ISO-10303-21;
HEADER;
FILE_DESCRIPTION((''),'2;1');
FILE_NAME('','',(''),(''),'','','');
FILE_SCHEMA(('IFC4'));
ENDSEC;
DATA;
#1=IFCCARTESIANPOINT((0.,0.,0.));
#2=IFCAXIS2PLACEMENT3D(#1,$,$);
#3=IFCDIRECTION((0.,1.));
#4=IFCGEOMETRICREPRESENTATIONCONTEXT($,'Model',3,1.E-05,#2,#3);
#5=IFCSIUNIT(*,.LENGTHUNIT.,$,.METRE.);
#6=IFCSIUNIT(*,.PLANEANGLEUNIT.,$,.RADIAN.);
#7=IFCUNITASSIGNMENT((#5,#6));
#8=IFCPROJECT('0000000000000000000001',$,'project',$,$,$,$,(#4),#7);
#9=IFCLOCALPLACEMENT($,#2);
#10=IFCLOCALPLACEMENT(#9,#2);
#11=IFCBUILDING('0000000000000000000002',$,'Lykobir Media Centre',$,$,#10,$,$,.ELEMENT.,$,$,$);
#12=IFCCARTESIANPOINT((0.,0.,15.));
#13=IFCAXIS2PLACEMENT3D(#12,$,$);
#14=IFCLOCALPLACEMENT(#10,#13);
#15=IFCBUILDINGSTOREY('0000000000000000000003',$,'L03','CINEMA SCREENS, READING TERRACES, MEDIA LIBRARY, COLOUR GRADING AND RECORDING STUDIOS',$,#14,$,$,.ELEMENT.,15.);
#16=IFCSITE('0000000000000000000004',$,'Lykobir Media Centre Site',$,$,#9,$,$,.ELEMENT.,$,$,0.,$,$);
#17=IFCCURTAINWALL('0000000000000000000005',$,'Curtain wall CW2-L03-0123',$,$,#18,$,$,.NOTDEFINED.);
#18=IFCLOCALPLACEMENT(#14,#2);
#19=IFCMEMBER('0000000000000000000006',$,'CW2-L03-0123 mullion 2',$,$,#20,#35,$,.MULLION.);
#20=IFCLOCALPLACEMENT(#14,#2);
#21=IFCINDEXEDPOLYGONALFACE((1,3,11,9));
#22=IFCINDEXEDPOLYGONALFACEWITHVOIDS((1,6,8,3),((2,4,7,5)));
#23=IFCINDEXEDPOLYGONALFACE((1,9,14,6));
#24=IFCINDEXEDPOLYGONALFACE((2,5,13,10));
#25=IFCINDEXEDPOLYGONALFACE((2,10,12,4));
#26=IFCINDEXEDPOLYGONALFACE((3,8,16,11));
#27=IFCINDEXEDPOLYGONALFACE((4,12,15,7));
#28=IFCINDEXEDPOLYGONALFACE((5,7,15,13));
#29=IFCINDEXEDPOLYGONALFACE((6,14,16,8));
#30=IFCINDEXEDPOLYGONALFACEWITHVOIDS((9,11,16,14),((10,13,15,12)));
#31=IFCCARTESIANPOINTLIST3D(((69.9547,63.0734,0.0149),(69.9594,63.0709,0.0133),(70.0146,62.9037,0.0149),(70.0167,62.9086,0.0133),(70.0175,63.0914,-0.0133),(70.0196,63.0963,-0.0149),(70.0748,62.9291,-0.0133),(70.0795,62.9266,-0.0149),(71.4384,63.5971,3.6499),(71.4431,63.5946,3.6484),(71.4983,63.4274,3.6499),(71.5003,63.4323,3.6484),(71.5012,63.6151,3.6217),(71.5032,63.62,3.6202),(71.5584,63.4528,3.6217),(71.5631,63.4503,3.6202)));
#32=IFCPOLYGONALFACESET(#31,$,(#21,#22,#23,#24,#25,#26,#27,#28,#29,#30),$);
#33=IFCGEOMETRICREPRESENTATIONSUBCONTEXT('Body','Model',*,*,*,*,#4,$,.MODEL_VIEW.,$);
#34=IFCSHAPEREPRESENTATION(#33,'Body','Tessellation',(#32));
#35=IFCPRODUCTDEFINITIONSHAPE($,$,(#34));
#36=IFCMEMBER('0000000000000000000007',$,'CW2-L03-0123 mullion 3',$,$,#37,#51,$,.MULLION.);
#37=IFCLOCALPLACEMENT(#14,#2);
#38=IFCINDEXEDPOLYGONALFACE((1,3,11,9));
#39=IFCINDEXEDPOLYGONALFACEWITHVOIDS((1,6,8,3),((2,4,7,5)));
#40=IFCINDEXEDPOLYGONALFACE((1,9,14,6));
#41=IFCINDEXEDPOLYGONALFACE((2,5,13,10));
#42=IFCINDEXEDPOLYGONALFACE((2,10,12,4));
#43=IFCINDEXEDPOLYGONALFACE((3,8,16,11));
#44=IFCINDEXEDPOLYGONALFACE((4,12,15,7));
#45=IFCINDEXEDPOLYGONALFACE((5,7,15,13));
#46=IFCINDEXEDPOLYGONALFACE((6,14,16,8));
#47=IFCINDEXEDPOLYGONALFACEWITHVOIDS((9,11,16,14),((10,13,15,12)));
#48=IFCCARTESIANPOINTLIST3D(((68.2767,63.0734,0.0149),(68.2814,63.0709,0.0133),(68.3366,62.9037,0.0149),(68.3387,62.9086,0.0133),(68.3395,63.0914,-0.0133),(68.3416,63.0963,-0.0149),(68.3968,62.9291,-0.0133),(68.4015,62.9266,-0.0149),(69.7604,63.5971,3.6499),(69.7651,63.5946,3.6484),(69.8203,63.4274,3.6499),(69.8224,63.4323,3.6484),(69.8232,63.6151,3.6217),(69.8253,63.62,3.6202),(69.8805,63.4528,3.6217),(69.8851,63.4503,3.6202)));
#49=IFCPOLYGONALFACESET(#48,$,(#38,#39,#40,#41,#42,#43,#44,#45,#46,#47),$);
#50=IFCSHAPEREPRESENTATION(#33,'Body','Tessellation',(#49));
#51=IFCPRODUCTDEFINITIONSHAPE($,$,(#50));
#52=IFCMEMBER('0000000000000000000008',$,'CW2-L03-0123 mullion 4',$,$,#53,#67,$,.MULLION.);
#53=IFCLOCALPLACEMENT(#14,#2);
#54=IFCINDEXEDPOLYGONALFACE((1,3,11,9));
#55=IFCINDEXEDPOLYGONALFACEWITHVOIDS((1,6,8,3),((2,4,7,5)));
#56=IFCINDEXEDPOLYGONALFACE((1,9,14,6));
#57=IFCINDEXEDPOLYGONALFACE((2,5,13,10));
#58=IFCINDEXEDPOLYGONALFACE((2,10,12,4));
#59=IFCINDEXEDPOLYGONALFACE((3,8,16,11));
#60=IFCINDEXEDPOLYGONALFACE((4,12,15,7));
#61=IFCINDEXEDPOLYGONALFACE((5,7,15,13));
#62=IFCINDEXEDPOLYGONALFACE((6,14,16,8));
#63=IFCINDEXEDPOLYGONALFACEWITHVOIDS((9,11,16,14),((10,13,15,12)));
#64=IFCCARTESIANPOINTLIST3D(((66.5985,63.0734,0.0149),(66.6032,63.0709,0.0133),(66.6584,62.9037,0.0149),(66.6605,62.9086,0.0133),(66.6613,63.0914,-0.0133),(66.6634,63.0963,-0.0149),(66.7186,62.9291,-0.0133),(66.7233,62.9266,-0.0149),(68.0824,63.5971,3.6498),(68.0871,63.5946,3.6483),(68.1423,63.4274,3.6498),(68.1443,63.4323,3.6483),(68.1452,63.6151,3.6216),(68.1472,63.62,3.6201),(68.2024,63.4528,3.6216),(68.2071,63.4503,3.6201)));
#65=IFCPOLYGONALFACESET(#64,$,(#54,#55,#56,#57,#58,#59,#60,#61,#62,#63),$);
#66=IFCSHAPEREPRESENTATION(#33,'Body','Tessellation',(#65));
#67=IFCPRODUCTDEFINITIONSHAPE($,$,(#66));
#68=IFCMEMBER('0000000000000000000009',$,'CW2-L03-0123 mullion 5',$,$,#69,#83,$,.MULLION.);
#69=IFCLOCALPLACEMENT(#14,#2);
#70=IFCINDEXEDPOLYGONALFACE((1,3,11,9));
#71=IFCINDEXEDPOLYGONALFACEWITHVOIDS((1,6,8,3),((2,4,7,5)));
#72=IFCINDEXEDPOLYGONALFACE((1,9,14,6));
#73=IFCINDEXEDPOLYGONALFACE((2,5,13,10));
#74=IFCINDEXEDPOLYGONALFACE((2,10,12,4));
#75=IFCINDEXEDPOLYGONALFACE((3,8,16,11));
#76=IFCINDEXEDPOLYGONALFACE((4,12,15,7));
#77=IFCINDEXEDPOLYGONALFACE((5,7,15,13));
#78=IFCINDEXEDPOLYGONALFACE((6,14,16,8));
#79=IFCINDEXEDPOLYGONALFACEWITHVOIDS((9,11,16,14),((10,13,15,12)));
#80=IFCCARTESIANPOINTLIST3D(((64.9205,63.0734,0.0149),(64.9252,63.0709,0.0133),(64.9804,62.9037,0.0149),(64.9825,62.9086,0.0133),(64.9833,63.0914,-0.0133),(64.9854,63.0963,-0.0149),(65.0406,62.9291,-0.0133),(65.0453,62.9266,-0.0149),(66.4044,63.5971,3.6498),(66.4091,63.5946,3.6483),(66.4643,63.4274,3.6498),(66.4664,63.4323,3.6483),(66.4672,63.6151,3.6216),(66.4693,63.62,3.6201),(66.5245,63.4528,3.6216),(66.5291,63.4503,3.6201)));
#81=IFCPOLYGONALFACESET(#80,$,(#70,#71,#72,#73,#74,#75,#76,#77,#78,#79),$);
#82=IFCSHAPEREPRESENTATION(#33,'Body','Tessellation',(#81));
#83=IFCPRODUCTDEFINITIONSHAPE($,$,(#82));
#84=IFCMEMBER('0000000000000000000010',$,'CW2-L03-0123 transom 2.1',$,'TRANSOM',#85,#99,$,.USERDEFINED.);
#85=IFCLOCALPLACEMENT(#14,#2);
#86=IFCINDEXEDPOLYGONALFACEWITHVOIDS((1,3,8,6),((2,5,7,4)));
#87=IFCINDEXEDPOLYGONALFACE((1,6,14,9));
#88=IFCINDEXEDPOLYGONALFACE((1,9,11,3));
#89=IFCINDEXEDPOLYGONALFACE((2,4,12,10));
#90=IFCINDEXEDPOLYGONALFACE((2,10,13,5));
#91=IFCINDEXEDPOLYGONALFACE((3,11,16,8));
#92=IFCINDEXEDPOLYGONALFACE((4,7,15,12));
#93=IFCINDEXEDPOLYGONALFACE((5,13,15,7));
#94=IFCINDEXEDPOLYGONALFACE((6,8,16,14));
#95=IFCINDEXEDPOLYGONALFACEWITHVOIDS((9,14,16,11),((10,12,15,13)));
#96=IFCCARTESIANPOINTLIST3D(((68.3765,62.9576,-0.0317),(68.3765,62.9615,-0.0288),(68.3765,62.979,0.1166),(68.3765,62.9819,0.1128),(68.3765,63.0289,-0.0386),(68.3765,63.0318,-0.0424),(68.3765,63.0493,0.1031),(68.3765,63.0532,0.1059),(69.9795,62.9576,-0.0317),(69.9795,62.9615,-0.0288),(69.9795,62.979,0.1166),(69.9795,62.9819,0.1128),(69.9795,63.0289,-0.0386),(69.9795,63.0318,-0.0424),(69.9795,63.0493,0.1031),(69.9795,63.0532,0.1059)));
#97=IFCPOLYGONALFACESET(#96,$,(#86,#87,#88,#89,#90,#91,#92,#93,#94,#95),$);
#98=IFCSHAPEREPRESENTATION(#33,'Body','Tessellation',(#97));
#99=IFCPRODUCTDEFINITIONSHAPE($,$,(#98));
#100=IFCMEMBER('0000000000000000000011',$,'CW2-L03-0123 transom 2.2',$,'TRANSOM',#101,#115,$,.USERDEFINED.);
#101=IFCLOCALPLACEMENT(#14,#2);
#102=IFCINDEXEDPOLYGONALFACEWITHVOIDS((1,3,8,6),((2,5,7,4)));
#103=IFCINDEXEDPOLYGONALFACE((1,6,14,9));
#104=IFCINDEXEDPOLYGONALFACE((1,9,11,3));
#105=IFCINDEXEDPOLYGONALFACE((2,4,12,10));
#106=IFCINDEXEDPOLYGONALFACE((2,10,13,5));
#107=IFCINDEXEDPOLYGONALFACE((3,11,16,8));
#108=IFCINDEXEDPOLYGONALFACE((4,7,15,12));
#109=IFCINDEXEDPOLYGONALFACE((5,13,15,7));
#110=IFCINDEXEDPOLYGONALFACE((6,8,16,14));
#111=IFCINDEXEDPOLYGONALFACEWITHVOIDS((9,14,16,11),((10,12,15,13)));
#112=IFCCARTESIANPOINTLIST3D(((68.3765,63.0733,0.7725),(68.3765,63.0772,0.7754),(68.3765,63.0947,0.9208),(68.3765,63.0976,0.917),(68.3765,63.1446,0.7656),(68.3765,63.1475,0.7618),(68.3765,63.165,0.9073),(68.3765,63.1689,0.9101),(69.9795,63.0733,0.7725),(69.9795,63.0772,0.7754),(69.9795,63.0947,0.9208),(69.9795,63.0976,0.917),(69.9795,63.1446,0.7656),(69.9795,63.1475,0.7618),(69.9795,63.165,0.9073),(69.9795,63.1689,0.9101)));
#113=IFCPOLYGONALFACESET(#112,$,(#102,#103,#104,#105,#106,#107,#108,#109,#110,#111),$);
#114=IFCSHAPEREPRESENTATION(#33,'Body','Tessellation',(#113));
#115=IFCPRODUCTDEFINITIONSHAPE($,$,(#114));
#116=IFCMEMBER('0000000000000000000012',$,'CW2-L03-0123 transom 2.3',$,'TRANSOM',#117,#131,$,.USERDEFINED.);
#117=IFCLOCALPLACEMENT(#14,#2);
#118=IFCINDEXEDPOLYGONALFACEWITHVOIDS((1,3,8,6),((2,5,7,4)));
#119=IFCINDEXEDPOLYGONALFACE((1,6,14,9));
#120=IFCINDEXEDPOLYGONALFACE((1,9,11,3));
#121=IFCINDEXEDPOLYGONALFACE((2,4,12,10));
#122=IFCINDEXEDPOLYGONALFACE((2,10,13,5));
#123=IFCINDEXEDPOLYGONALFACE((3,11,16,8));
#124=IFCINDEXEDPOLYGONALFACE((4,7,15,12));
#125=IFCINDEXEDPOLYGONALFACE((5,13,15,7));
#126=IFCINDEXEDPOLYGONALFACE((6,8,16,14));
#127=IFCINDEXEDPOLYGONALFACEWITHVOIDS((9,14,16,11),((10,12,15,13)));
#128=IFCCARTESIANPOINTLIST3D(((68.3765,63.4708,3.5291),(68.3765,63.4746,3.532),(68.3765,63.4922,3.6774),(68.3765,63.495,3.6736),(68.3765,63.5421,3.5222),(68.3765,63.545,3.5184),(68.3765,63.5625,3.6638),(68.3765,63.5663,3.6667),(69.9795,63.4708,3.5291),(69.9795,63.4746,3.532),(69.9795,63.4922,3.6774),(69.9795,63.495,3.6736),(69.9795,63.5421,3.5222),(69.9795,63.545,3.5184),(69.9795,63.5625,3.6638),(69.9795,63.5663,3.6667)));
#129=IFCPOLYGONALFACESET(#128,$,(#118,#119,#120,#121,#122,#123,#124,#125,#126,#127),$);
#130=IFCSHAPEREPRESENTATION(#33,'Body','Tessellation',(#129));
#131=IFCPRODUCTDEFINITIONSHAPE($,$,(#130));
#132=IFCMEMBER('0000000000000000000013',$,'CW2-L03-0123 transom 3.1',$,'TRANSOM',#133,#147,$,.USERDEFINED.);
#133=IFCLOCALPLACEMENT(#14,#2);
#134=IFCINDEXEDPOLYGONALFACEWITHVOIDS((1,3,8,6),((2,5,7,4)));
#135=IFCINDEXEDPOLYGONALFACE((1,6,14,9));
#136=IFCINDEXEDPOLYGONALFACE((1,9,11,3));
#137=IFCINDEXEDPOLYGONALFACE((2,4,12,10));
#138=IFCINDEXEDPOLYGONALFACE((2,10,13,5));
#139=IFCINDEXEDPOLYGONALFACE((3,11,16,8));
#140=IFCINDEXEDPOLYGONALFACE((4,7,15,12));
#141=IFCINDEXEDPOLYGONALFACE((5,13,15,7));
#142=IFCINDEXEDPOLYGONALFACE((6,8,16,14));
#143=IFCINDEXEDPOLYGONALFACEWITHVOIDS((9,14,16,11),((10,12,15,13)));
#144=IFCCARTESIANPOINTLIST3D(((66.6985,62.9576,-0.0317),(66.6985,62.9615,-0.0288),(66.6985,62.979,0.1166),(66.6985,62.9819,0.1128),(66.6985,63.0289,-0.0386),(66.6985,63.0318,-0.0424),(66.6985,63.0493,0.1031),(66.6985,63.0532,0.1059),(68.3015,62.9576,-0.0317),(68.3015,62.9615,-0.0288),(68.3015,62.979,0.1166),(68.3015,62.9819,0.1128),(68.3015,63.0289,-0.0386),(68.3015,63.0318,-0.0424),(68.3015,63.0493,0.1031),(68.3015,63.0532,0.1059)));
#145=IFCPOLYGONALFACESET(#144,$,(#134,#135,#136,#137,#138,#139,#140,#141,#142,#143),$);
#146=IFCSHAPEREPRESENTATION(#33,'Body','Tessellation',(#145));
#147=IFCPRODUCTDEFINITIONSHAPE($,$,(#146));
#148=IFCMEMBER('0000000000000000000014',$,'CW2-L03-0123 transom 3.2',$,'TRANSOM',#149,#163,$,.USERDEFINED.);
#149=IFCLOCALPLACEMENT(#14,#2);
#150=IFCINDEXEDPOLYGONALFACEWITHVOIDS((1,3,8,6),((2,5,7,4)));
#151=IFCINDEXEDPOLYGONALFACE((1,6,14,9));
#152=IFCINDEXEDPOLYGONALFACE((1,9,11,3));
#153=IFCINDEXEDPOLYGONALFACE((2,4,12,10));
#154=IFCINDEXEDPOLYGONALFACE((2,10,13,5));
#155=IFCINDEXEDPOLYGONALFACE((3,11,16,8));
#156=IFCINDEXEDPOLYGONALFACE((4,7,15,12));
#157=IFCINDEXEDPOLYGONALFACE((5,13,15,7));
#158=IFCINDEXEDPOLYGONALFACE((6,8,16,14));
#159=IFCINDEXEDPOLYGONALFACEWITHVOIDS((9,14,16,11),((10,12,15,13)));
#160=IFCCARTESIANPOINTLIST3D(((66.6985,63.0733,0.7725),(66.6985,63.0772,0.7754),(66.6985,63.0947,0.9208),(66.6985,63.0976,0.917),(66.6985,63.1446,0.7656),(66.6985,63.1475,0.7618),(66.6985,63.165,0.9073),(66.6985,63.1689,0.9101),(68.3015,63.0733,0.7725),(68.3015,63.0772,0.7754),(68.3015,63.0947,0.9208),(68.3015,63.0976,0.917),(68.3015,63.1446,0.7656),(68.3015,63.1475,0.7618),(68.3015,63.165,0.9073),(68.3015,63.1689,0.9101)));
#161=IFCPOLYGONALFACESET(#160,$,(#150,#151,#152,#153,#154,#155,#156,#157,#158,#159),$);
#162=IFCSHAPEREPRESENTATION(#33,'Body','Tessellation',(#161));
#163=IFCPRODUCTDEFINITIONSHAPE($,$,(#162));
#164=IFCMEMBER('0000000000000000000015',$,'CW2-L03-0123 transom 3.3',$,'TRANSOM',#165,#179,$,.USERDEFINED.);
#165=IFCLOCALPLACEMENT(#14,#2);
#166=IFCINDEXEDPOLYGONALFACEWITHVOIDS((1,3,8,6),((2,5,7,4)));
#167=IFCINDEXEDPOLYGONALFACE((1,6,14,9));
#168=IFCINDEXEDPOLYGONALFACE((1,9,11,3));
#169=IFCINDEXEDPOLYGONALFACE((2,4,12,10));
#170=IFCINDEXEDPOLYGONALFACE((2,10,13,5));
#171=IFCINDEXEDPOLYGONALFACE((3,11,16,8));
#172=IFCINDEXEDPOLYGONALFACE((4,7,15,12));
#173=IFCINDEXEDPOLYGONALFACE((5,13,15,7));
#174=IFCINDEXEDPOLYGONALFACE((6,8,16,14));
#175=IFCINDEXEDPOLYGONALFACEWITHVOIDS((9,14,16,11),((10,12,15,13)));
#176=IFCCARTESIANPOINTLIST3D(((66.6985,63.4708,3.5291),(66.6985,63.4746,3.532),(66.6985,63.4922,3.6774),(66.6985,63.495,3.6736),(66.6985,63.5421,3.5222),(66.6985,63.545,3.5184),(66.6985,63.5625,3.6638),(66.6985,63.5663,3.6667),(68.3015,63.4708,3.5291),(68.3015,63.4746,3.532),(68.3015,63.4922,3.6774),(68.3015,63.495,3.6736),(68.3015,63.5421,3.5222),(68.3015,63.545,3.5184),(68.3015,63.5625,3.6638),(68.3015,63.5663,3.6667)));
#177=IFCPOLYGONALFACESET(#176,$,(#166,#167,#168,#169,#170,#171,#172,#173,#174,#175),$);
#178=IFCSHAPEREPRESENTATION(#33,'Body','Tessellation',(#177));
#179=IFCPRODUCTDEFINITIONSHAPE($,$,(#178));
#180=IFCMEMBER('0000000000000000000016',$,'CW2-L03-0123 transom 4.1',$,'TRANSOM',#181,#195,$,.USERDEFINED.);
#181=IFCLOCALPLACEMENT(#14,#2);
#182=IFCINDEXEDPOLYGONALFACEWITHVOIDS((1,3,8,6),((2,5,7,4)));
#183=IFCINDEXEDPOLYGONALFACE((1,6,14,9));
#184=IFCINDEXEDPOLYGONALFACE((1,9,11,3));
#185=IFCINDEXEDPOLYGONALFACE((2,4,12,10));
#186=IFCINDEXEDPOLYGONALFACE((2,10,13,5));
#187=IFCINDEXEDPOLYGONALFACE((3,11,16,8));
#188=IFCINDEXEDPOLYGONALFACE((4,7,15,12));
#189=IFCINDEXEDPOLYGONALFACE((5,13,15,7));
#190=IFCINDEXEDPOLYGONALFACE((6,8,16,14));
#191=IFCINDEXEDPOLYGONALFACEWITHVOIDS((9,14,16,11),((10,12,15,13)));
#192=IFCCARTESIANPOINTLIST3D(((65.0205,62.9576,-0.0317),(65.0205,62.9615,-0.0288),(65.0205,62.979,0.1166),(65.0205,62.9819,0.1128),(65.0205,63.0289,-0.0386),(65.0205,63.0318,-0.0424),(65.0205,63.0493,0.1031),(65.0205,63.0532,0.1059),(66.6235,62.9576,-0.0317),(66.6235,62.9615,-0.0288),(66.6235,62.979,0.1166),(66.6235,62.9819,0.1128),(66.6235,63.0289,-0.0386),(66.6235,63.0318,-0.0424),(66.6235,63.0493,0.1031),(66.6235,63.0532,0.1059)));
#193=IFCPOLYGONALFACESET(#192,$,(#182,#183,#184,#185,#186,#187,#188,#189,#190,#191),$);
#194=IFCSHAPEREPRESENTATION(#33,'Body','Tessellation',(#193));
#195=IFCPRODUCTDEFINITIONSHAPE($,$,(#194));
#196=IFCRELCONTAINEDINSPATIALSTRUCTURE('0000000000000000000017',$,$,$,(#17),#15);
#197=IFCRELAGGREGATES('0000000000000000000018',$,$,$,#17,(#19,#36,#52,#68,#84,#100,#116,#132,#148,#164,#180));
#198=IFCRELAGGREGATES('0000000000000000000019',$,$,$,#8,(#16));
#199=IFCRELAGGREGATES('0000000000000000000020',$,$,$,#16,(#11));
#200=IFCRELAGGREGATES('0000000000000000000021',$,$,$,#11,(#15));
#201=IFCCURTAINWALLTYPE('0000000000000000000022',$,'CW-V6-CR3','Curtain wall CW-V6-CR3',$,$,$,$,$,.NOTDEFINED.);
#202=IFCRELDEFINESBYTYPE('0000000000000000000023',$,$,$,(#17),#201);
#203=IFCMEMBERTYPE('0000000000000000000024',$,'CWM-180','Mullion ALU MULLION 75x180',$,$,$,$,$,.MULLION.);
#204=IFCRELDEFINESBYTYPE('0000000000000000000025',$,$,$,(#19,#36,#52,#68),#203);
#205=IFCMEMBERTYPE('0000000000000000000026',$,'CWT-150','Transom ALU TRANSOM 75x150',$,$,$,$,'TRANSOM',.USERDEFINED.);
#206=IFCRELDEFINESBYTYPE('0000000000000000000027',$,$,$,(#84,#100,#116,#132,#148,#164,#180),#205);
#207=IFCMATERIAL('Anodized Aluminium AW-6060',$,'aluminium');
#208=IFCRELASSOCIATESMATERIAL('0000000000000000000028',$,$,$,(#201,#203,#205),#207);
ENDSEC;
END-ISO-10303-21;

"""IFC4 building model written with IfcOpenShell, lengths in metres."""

from ifc_helpers import new_model, si_unit, direction, frame, origin, origin_2d, place, context, subcontext, project, spatial, hollow_rectangle, extrude, material, material_profile, profile_set, type_object, element, aggregate, save


model = new_model("IFC4")

# Units and contexts
model_context = context("Model", 3, precision=1e-05, world=origin(), true_north=direction((0.0, 1.0)))
body_context = subcontext(model_context, "Body", "Model", "MODEL_VIEW")
ifc_project = project(units=[si_unit("LENGTHUNIT", "METRE"), si_unit("PLANEANGLEUNIT", "RADIAN")], contexts=[model_context])

# Site, building, storey
site_placement = place(None, origin())
site = spatial("IfcSite", under=ifc_project, at=site_placement, Name="Lykobir Media Centre Site", CompositionType="ELEMENT", RefElevation=0.0)
building_placement = place(site_placement, origin())
building = spatial("IfcBuilding", under=site, at=building_placement, Name="Lykobir Media Centre", CompositionType="ELEMENT")
storey_placement = place(building_placement, frame((0.0, 0.0, 15.0)))
storey = spatial("IfcBuildingStorey", under=building, at=storey_placement, Name="L03", Description="CINEMA SCREENS, READING TERRACES, MEDIA LIBRARY, COLOUR GRADING AND RECORDING STUDIOS", CompositionType="ELEMENT", Elevation=15.0)

# Curtain wall, members
ifc_material_1 = material(Name="Anodized Aluminium AW-6060", Category="aluminium")
curtain_wall_type = type_object("IfcCurtainWallType", Name="CW-V6-CR3", Description="Curtain wall CW-V6-CR3", PredefinedType="NOTDEFINED", material=ifc_material_1)
curtain_wall_placement = place(storey_placement, origin())
curtain_wall = element("IfcCurtainWall", 1, at=curtain_wall_placement, inside=storey, type_object=curtain_wall_type, Name="Curtain wall CW2-L03-0123", PredefinedType="NOTDEFINED")
ifc_material_profile_1 = material_profile(ifc_material_1, hollow_rectangle(XDim=0.075, YDim=0.1799, WallThickness=0.0039, at=origin_2d()), Name="ALU MULLION 75x180")
ifc_profile_set_1 = profile_set([ifc_material_profile_1], Name="Anodized Aluminium AW-6060")
member_type_1 = type_object("IfcMemberType", Name="CWM-180", Description="Mullion ALU MULLION 75x180", PredefinedType="MULLION", material=ifc_profile_set_1)
member_1_placement = place(storey_placement, frame((70.0171, 63.0, 0.0), z_axis=(0.374572, 0.132213, 0.917723), x_axis=(0.865396, 0.305459, -0.397221)))
member_1 = element("IfcMember", 2, at=member_1_placement, type_object=member_type_1, Name="CW2-L03-0123 mullion 2", PredefinedType="MULLION", context=body_context, shape_type="SweptSolid", body=[
    extrude(hollow_rectangle(XDim=0.075, YDim=0.1799, WallThickness=0.0039, at=origin_2d()), origin(), (0.0, 0.0, 1.0), 3.9609),
])
member_2_placement = place(storey_placement, frame((68.3391, 63.0, 0.0), z_axis=(0.374572, 0.132213, 0.917723), x_axis=(0.865396, 0.305459, -0.397221)))
member_2 = element("IfcMember", 3, at=member_2_placement, type_object=member_type_1, Name="CW2-L03-0123 mullion 3", PredefinedType="MULLION", context=body_context, shape_type="SweptSolid", body=[
    extrude(hollow_rectangle(XDim=0.075, YDim=0.1799, WallThickness=0.0039, at=origin_2d()), origin(), (0.0, 0.0, 1.0), 3.9609),
])
member_3_placement = place(storey_placement, frame((66.6609, 63.0, 0.0), z_axis=(0.374625, 0.13221, 0.917702), x_axis=(0.865392, 0.305407, -0.39727)))
member_3 = element("IfcMember", 4, at=member_3_placement, type_object=member_type_1, Name="CW2-L03-0123 mullion 4", PredefinedType="MULLION", context=body_context, shape_type="SweptSolid", body=[
    extrude(hollow_rectangle(XDim=0.075, YDim=0.1799, WallThickness=0.0039, at=origin_2d()), origin(), (0.0, 0.0, 1.0), 3.9609),
])
member_4_placement = place(storey_placement, frame((64.9829, 63.0, 0.0), z_axis=(0.374625, 0.13221, 0.917702), x_axis=(0.865392, 0.305407, -0.39727)))
member_4 = element("IfcMember", 5, at=member_4_placement, type_object=member_type_1, Name="CW2-L03-0123 mullion 5", PredefinedType="MULLION", context=body_context, shape_type="SweptSolid", body=[
    extrude(hollow_rectangle(XDim=0.075, YDim=0.1799, WallThickness=0.0039, at=origin_2d()), origin(), (0.0, 0.0, 1.0), 3.9609),
])
ifc_material_profile_2 = material_profile(ifc_material_1, hollow_rectangle(XDim=0.075, YDim=0.1499, WallThickness=0.0034, at=origin_2d()), Name="ALU TRANSOM 75x150")
ifc_profile_set_2 = profile_set([ifc_material_profile_2], Name="Anodized Aluminium AW-6060")
member_type_2 = type_object("IfcMemberType", Name="CWT-150", Description="Transom ALU TRANSOM 75x150", ElementType="TRANSOM", PredefinedType="USERDEFINED", material=ifc_profile_set_2)
member_5_placement = place(storey_placement, frame((69.9795, 63.0054, 0.0371), z_axis=(-1.0, 0.0, 0.0), x_axis=(0.0, -0.989776, 0.142629)))
member_5 = element("IfcMember", 6, at=member_5_placement, type_object=member_type_2, Name="CW2-L03-0123 transom 2.1", ObjectType="TRANSOM", PredefinedType="USERDEFINED", context=body_context, shape_type="SweptSolid", body=[
    extrude(hollow_rectangle(XDim=0.075, YDim=0.1499, WallThickness=0.0034, at=origin_2d()), origin(), (0.0, 0.0, 1.0), 1.603),
])
member_6_placement = place(storey_placement, frame((69.9795, 63.1211, 0.8413), z_axis=(-1.0, 0.0, 0.0), x_axis=(0.0, -0.989776, 0.142629)))
member_6 = element("IfcMember", 7, at=member_6_placement, type_object=member_type_2, Name="CW2-L03-0123 transom 2.2", ObjectType="TRANSOM", PredefinedType="USERDEFINED", context=body_context, shape_type="SweptSolid", body=[
    extrude(hollow_rectangle(XDim=0.075, YDim=0.1499, WallThickness=0.0034, at=origin_2d()), origin(), (0.0, 0.0, 1.0), 1.603),
])
member_7_placement = place(storey_placement, frame((69.9795, 63.5186, 3.5979), z_axis=(-1.0, 0.0, 0.0), x_axis=(0.0, -0.989776, 0.142629)))
member_7 = element("IfcMember", 8, at=member_7_placement, type_object=member_type_2, Name="CW2-L03-0123 transom 2.3", ObjectType="TRANSOM", PredefinedType="USERDEFINED", context=body_context, shape_type="SweptSolid", body=[
    extrude(hollow_rectangle(XDim=0.075, YDim=0.1499, WallThickness=0.0034, at=origin_2d()), origin(), (0.0, 0.0, 1.0), 1.603),
])
member_8_placement = place(storey_placement, frame((68.3015, 63.0054, 0.0371), z_axis=(-1.0, 0.0, 0.0), x_axis=(0.0, -0.989776, 0.142629)))
member_8 = element("IfcMember", 9, at=member_8_placement, type_object=member_type_2, Name="CW2-L03-0123 transom 3.1", ObjectType="TRANSOM", PredefinedType="USERDEFINED", context=body_context, shape_type="SweptSolid", body=[
    extrude(hollow_rectangle(XDim=0.075, YDim=0.1499, WallThickness=0.0034, at=origin_2d()), origin(), (0.0, 0.0, 1.0), 1.603),
])
member_9_placement = place(storey_placement, frame((68.3015, 63.1211, 0.8413), z_axis=(-1.0, 0.0, 0.0), x_axis=(0.0, -0.989776, 0.142629)))
member_9 = element("IfcMember", 10, at=member_9_placement, type_object=member_type_2, Name="CW2-L03-0123 transom 3.2", ObjectType="TRANSOM", PredefinedType="USERDEFINED", context=body_context, shape_type="SweptSolid", body=[
    extrude(hollow_rectangle(XDim=0.075, YDim=0.1499, WallThickness=0.0034, at=origin_2d()), origin(), (0.0, 0.0, 1.0), 1.603),
])
member_10_placement = place(storey_placement, frame((68.3015, 63.5186, 3.5979), z_axis=(-1.0, 0.0, 0.0), x_axis=(0.0, -0.989776, 0.142629)))
member_10 = element("IfcMember", 11, at=member_10_placement, type_object=member_type_2, Name="CW2-L03-0123 transom 3.3", ObjectType="TRANSOM", PredefinedType="USERDEFINED", context=body_context, shape_type="SweptSolid", body=[
    extrude(hollow_rectangle(XDim=0.075, YDim=0.1499, WallThickness=0.0034, at=origin_2d()), origin(), (0.0, 0.0, 1.0), 1.603),
])
member_11_placement = place(storey_placement, frame((66.6235, 63.0054, 0.0371), z_axis=(-1.0, 0.0, 0.0), x_axis=(0.0, -0.989776, 0.142629)))
member_11 = element("IfcMember", 12, at=member_11_placement, type_object=member_type_2, Name="CW2-L03-0123 transom 4.1", ObjectType="TRANSOM", PredefinedType="USERDEFINED", context=body_context, shape_type="SweptSolid", body=[
    extrude(hollow_rectangle(XDim=0.075, YDim=0.1499, WallThickness=0.0034, at=origin_2d()), origin(), (0.0, 0.0, 1.0), 1.603),
])
aggregate(curtain_wall, [member_1, member_2, member_3, member_4, member_5, member_6, member_7, member_8, member_9, member_10, member_11])

save(model, "model.ifc")
